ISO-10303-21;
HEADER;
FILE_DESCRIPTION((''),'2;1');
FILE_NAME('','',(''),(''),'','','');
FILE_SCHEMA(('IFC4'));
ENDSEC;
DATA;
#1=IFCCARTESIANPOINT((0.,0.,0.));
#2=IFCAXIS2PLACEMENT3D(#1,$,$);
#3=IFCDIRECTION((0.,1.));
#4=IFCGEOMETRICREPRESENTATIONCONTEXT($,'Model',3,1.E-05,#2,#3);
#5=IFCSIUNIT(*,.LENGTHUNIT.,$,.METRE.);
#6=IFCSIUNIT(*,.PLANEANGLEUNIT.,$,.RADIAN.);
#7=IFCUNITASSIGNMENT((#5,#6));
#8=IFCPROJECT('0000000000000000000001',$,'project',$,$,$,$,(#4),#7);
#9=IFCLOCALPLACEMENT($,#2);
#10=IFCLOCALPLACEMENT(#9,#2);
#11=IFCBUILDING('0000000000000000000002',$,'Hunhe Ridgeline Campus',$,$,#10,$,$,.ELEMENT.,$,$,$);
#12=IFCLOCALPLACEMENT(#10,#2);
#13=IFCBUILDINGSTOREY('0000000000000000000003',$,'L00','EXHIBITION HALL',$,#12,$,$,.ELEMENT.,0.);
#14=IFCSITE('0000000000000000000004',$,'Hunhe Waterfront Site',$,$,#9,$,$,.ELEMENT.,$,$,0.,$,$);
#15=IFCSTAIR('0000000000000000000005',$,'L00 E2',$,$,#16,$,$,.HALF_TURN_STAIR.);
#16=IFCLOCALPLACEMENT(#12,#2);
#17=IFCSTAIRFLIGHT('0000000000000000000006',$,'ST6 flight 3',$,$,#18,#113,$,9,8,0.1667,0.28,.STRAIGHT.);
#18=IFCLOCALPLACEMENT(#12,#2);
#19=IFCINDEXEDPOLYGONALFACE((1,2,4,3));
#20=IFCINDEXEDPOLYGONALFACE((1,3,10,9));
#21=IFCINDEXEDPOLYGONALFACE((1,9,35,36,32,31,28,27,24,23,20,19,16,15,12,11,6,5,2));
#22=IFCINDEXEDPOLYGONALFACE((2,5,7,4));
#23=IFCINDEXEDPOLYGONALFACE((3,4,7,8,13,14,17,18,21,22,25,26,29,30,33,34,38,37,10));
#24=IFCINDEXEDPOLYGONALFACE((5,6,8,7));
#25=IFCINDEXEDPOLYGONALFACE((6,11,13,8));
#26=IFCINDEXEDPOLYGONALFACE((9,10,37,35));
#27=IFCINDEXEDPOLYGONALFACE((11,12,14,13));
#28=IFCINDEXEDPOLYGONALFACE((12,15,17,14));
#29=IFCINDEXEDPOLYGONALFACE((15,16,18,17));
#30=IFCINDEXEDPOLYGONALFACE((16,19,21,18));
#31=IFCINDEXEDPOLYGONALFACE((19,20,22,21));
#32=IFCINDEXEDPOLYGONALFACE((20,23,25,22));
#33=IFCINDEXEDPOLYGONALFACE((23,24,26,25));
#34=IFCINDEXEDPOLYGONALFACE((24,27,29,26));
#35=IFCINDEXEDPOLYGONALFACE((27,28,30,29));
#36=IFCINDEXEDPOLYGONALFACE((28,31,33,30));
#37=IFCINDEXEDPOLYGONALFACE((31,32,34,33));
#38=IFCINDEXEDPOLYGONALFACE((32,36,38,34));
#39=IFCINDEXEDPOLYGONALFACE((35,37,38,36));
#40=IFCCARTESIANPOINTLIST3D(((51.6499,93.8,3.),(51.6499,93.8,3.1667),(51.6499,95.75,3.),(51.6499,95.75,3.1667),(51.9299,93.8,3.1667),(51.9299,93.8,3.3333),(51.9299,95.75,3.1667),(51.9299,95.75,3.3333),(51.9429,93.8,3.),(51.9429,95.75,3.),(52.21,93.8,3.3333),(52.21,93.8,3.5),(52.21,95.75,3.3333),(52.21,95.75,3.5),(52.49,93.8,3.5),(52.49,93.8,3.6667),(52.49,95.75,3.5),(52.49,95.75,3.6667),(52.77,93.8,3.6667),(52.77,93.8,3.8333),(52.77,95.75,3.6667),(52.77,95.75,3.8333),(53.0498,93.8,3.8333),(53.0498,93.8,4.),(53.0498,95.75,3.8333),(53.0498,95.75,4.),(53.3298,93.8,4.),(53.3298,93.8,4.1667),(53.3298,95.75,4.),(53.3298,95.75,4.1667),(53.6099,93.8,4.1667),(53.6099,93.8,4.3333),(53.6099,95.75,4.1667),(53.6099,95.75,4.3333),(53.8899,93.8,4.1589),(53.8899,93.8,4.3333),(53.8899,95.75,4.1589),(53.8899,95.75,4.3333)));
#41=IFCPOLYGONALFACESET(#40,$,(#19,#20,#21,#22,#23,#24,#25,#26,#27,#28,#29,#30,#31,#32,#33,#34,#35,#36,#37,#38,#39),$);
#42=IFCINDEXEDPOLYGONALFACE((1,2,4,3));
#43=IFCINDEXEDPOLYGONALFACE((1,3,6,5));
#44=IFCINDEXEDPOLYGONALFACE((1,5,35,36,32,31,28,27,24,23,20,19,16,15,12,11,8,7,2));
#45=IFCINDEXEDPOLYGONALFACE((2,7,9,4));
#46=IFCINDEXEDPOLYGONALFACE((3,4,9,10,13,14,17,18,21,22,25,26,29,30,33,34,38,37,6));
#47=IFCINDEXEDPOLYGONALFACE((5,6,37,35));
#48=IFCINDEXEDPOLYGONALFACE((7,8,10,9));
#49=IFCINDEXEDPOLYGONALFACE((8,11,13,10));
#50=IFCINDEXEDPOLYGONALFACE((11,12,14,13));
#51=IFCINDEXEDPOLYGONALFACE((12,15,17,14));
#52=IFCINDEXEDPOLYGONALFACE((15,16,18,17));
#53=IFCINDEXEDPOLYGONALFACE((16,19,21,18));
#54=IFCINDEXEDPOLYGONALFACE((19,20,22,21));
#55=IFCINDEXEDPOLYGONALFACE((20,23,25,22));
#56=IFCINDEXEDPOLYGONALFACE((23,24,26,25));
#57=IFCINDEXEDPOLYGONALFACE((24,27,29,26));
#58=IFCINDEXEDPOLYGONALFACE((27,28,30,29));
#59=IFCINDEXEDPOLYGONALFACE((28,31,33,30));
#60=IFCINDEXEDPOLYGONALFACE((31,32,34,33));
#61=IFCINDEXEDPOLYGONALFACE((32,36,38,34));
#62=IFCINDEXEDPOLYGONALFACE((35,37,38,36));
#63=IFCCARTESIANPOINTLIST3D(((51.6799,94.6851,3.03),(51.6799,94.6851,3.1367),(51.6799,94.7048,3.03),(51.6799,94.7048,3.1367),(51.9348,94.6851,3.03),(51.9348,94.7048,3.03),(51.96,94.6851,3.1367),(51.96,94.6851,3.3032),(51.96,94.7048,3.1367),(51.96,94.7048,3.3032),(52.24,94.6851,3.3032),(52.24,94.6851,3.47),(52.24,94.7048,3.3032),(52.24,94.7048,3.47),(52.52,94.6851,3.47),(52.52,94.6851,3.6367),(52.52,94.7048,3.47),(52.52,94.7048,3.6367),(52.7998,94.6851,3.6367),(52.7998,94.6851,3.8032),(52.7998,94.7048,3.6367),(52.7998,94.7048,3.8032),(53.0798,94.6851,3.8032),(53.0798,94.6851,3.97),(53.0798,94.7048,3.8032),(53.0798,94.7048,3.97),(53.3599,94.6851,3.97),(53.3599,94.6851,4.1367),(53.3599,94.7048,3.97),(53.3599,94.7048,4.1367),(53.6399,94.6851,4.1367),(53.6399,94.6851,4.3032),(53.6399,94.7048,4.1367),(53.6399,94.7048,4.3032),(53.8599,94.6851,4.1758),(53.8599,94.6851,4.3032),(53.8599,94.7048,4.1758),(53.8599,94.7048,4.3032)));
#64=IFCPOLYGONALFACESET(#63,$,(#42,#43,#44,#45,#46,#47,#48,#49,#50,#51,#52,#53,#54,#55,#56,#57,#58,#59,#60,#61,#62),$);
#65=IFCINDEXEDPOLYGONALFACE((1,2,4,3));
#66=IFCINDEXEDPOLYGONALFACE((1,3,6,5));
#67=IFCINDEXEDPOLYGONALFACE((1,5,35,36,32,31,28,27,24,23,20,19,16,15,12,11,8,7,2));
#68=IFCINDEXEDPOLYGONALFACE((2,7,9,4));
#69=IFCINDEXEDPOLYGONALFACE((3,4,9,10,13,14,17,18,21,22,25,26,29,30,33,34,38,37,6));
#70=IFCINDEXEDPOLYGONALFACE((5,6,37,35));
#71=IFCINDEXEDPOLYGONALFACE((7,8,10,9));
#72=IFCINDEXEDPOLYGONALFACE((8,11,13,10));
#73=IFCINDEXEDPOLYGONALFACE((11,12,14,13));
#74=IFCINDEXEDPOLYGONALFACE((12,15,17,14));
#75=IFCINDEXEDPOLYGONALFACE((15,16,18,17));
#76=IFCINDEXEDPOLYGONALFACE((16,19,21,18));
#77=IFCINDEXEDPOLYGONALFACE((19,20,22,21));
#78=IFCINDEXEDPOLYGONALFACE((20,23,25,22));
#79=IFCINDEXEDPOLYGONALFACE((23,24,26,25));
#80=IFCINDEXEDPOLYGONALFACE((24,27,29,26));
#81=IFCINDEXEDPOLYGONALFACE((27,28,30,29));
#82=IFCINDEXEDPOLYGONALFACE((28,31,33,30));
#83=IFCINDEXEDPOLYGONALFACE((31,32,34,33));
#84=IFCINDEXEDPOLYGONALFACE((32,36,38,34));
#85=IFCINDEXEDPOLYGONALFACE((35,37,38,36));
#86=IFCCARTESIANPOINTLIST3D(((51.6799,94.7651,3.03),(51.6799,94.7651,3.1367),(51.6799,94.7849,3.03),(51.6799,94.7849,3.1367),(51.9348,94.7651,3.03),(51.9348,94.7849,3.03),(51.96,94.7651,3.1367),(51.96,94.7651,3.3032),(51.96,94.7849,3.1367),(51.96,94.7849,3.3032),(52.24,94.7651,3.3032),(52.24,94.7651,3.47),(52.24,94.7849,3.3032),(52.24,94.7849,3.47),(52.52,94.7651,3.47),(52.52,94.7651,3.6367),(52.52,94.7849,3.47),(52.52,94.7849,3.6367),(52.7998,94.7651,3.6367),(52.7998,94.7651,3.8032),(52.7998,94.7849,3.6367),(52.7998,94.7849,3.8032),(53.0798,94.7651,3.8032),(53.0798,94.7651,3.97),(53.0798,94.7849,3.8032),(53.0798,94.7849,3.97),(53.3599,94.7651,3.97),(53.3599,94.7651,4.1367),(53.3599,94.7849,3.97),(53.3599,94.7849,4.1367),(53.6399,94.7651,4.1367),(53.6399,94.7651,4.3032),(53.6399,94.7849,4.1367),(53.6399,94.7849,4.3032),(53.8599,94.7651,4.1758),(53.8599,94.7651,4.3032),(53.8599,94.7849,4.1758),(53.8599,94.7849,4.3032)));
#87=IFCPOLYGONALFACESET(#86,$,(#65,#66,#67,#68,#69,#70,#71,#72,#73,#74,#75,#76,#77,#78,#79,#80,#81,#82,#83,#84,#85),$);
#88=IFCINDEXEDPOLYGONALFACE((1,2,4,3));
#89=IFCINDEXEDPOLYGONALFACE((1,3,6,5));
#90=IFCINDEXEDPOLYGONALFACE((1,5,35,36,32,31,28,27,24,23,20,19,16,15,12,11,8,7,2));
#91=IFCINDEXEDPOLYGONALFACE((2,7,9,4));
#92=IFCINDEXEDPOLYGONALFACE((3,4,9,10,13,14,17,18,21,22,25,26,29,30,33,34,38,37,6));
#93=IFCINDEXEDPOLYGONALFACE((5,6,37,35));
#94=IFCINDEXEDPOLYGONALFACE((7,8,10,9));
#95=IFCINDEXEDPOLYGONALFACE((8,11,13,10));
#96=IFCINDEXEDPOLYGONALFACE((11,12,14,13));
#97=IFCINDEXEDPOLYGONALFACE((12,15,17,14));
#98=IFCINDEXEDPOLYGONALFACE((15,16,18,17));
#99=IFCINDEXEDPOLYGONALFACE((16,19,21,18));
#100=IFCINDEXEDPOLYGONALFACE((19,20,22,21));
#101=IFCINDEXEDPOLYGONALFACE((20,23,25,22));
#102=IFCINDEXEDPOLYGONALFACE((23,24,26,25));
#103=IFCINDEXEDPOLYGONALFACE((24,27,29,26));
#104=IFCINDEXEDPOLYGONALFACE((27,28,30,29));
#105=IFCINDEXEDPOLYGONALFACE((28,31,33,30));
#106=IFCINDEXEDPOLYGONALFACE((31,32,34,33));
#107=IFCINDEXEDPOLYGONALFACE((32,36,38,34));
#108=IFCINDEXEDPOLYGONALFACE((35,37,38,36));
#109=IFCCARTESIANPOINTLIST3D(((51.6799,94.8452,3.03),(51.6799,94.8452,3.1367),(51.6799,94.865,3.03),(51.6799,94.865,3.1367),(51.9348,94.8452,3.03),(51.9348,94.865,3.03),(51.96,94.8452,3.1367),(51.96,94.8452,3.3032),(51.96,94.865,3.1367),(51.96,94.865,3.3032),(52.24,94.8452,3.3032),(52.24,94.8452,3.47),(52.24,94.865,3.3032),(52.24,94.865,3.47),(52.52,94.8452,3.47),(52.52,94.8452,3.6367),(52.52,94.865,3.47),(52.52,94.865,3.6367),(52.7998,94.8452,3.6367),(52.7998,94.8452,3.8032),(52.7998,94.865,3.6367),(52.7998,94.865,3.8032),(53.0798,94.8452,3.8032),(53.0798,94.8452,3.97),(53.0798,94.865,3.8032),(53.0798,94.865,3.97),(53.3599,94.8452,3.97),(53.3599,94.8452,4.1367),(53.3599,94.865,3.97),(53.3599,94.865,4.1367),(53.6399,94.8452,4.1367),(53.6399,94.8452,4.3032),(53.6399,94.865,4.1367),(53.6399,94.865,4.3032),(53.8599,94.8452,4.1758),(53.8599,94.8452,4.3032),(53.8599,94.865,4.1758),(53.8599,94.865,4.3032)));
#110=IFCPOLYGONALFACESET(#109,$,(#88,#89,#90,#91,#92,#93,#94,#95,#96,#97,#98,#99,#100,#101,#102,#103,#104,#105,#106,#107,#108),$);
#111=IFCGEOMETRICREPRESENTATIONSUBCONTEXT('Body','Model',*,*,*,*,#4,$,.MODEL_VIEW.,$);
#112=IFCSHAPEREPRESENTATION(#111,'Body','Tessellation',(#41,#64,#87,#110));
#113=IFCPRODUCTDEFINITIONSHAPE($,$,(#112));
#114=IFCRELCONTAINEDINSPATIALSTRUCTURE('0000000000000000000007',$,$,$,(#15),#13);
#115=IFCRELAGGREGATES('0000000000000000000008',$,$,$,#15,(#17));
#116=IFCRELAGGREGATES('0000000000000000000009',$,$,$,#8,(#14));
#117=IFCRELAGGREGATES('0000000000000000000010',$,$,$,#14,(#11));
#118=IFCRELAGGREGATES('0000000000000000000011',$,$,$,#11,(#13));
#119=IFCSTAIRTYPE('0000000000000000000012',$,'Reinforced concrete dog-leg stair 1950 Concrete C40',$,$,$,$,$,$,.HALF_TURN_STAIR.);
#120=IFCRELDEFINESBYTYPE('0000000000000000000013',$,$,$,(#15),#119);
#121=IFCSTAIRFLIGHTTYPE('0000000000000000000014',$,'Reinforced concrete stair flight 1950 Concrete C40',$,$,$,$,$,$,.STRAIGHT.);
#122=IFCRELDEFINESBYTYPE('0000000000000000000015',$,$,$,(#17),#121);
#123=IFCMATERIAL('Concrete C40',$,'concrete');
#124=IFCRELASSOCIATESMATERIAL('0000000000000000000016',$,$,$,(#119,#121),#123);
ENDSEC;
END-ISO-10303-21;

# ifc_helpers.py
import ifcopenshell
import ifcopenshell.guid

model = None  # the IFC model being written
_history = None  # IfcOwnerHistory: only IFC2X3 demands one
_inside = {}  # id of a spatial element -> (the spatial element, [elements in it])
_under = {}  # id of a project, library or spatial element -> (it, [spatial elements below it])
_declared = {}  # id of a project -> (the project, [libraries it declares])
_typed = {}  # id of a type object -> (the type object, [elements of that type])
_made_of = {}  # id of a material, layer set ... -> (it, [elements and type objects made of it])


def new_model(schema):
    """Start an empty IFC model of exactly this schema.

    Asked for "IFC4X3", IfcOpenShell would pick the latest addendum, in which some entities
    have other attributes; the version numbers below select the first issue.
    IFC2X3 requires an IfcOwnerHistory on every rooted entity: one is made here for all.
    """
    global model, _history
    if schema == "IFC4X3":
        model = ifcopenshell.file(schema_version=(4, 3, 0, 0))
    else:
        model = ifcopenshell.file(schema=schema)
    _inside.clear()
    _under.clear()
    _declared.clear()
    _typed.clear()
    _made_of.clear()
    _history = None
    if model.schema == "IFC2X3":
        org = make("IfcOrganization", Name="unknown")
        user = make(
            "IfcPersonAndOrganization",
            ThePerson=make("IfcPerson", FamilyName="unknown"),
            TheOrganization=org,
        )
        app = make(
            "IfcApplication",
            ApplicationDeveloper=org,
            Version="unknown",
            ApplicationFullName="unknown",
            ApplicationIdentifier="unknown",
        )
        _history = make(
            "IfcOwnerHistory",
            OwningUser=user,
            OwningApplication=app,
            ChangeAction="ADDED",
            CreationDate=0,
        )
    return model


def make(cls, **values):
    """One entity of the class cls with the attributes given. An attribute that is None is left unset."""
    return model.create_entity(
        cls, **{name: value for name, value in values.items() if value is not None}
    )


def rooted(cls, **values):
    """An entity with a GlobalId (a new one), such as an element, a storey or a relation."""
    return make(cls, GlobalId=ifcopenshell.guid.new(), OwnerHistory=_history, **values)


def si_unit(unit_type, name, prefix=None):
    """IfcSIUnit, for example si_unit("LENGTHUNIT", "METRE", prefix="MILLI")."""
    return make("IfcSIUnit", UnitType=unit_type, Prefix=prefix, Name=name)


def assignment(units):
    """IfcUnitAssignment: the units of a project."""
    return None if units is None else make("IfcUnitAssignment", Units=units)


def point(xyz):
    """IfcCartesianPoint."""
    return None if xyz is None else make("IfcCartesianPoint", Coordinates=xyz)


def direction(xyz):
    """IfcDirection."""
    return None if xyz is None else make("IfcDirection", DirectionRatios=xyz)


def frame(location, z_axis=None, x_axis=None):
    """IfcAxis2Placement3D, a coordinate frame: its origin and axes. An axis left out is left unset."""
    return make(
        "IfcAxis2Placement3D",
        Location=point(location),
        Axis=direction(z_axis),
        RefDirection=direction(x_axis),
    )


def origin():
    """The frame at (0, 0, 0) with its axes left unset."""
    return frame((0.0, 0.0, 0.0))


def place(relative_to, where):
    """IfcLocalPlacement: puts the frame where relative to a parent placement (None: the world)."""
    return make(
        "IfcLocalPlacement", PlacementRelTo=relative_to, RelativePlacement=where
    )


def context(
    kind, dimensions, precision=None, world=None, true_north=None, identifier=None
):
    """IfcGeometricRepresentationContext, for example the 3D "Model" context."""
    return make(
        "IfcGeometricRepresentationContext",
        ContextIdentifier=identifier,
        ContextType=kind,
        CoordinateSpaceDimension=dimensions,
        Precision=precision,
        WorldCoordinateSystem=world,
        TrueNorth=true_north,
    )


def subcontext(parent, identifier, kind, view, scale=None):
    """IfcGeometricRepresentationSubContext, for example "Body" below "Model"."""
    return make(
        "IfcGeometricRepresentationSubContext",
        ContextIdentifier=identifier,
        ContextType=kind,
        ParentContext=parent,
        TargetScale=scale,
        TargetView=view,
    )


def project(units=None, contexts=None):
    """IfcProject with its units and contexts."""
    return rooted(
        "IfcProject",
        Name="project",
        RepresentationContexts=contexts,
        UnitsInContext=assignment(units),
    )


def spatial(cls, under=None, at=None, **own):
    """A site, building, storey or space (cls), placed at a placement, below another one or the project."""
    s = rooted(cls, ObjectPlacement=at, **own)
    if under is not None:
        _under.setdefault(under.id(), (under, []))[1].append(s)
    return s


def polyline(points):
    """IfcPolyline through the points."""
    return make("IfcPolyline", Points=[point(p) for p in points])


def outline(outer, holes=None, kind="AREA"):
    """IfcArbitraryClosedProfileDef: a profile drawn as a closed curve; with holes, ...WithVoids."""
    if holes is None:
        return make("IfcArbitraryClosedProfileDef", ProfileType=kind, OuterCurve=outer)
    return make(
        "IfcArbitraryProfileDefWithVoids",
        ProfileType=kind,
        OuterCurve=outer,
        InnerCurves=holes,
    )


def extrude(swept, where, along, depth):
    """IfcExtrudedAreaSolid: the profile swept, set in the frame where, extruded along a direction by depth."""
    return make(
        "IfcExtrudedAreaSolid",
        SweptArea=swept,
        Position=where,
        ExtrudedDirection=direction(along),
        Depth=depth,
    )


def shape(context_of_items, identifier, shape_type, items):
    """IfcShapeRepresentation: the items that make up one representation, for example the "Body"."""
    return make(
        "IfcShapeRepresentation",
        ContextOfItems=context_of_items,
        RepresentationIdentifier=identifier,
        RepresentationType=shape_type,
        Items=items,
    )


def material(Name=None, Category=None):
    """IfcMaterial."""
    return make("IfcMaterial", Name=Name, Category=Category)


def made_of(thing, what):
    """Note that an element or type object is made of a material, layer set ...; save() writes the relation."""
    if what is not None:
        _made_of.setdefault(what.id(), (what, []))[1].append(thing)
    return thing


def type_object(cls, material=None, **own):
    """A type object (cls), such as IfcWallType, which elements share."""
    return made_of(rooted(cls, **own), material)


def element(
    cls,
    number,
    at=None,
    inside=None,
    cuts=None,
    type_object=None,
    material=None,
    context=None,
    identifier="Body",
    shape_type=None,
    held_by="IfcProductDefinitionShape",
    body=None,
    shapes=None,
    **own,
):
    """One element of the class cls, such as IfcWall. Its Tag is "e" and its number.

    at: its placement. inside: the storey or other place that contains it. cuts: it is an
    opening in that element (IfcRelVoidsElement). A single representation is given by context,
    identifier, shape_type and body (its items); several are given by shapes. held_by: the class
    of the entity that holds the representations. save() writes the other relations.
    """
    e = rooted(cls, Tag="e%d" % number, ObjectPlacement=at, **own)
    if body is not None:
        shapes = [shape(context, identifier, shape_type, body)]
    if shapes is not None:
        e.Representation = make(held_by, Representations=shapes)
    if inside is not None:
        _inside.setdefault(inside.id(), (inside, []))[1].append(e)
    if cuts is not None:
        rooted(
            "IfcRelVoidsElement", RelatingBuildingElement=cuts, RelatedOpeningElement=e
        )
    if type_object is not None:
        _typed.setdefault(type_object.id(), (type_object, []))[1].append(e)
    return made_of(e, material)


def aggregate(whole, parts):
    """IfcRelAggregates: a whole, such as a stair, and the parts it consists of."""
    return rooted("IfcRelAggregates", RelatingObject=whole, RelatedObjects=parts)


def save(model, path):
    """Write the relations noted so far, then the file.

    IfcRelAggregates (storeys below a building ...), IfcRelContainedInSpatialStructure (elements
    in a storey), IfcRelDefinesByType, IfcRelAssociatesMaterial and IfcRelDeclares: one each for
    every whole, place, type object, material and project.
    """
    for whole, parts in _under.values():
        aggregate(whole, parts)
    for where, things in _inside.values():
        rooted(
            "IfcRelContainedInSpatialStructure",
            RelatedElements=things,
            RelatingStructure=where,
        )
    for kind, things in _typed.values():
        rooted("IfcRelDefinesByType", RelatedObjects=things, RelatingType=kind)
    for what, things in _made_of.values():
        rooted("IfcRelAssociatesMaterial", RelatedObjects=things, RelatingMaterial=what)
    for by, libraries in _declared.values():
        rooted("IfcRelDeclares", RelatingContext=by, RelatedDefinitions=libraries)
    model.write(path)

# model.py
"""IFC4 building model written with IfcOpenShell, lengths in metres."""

from ifc_helpers import new_model, si_unit, direction, frame, origin, place, context, subcontext, project, spatial, polyline, outline, extrude, material, type_object, element, aggregate, save


model = new_model("IFC4")

# Units and contexts
model_context = context("Model", 3, precision=1e-05, world=origin(), true_north=direction((0.0, 1.0)))
body_context = subcontext(model_context, "Body", "Model", "MODEL_VIEW")
ifc_project = project(units=[si_unit("LENGTHUNIT", "METRE"), si_unit("PLANEANGLEUNIT", "RADIAN")], contexts=[model_context])

# Site, building, storey
site_placement = place(None, origin())
site = spatial("IfcSite", under=ifc_project, at=site_placement, Name="Hunhe Waterfront Site", CompositionType="ELEMENT", RefElevation=0.0)
building_placement = place(site_placement, origin())
building = spatial("IfcBuilding", under=site, at=building_placement, Name="Hunhe Ridgeline Campus", CompositionType="ELEMENT")
storey_placement = place(building_placement, origin())
storey = spatial("IfcBuildingStorey", under=building, at=storey_placement, Name="L00", Description="EXHIBITION HALL", CompositionType="ELEMENT", Elevation=0.0)

# Stair, stair flight
ifc_material_1 = material(Name="Concrete C40", Category="concrete")
stair_type = type_object("IfcStairType", Name="Reinforced concrete dog-leg stair 1950 Concrete C40", PredefinedType="HALF_TURN_STAIR", material=ifc_material_1)
stair_1_placement = place(storey_placement, origin())
stair_1 = element("IfcStair", 1, at=stair_1_placement, inside=storey, type_object=stair_type, Name="L00 E2", PredefinedType="HALF_TURN_STAIR")
stair_flight_type = type_object("IfcStairFlightType", Name="Reinforced concrete stair flight 1950 Concrete C40", PredefinedType="STRAIGHT", material=ifc_material_1)
stair_flight_1_placement = place(storey_placement, frame((51.6499, 94.7749, 3.0), z_axis=(0.0, 0.0, 1.0), x_axis=(1.0, 0.0, 0.0)))
stair_flight_1 = element("IfcStairFlight", 2, at=stair_flight_1_placement, type_object=stair_flight_type, Name="ST6 flight 3", NumberOfRisers=9, NumberOfTreads=8, PredefinedType="STRAIGHT", RiserHeight=0.1667, TreadLength=0.28, context=body_context, shape_type="SweptSolid", body=[
    extrude(outline(polyline([(0.0, 0.0), (0.0, 0.1667), (0.28, 0.1667), (0.28, 0.3333), (0.5601, 0.3333), (0.5601, 0.5), (0.8401, 0.5), (0.8401, 0.6667), (1.1201, 0.6667), (1.1201, 0.8333), (1.3999, 0.8333), (1.3999, 1.0), (1.6799, 1.0), (1.6799, 1.1667), (1.96, 1.1667), (1.96, 1.3333), (2.24, 1.3333), (2.24, 1.5), (2.24, 1.1589), (0.293, 0.0), (0.0, 0.0)])), frame((0.0, 0.9751, 0.0), z_axis=(0.0, -1.0, 0.0), x_axis=(1.0, 0.0, 0.0)), (0.0, 0.0, 1.0), 1.95),
    extrude(outline(polyline([(0.03, 0.03), (0.03, 0.1367), (0.3101, 0.1367), (0.3101, 0.3032), (0.5901, 0.3032), (0.5901, 0.47), (0.8701, 0.47), (0.8701, 0.6367), (1.1499, 0.6367), (1.1499, 0.8032), (1.4299, 0.8032), (1.4299, 0.97), (1.71, 0.97), (1.71, 1.1367), (1.99, 1.1367), (1.99, 1.3032), (2.21, 1.3032), (2.21, 1.1758), (0.2849, 0.03), (0.03, 0.03)])), frame((0.0, -0.0701, 0.0), z_axis=(0.0, -1.0, 0.0), x_axis=(1.0, 0.0, 0.0)), (0.0, 0.0, 1.0), 0.0198),
    extrude(outline(polyline([(0.03, 0.03), (0.03, 0.1367), (0.3101, 0.1367), (0.3101, 0.3032), (0.5901, 0.3032), (0.5901, 0.47), (0.8701, 0.47), (0.8701, 0.6367), (1.1499, 0.6367), (1.1499, 0.8032), (1.4299, 0.8032), (1.4299, 0.97), (1.71, 0.97), (1.71, 1.1367), (1.99, 1.1367), (1.99, 1.3032), (2.21, 1.3032), (2.21, 1.1758), (0.2849, 0.03), (0.03, 0.03)])), frame((0.0, 0.01, 0.0), z_axis=(0.0, -1.0, 0.0), x_axis=(1.0, 0.0, 0.0)), (0.0, 0.0, 1.0), 0.0198),
    extrude(outline(polyline([(0.03, 0.03), (0.03, 0.1367), (0.3101, 0.1367), (0.3101, 0.3032), (0.5901, 0.3032), (0.5901, 0.47), (0.8701, 0.47), (0.8701, 0.6367), (1.1499, 0.6367), (1.1499, 0.8032), (1.4299, 0.8032), (1.4299, 0.97), (1.71, 0.97), (1.71, 1.1367), (1.99, 1.1367), (1.99, 1.3032), (2.21, 1.3032), (2.21, 1.1758), (0.2849, 0.03), (0.03, 0.03)])), frame((0.0, 0.0901, 0.0), z_axis=(0.0, -1.0, 0.0), x_axis=(1.0, 0.0, 0.0)), (0.0, 0.0, 1.0), 0.0198),
])
aggregate(stair_1, [stair_flight_1])

save(model, "model.ifc")
